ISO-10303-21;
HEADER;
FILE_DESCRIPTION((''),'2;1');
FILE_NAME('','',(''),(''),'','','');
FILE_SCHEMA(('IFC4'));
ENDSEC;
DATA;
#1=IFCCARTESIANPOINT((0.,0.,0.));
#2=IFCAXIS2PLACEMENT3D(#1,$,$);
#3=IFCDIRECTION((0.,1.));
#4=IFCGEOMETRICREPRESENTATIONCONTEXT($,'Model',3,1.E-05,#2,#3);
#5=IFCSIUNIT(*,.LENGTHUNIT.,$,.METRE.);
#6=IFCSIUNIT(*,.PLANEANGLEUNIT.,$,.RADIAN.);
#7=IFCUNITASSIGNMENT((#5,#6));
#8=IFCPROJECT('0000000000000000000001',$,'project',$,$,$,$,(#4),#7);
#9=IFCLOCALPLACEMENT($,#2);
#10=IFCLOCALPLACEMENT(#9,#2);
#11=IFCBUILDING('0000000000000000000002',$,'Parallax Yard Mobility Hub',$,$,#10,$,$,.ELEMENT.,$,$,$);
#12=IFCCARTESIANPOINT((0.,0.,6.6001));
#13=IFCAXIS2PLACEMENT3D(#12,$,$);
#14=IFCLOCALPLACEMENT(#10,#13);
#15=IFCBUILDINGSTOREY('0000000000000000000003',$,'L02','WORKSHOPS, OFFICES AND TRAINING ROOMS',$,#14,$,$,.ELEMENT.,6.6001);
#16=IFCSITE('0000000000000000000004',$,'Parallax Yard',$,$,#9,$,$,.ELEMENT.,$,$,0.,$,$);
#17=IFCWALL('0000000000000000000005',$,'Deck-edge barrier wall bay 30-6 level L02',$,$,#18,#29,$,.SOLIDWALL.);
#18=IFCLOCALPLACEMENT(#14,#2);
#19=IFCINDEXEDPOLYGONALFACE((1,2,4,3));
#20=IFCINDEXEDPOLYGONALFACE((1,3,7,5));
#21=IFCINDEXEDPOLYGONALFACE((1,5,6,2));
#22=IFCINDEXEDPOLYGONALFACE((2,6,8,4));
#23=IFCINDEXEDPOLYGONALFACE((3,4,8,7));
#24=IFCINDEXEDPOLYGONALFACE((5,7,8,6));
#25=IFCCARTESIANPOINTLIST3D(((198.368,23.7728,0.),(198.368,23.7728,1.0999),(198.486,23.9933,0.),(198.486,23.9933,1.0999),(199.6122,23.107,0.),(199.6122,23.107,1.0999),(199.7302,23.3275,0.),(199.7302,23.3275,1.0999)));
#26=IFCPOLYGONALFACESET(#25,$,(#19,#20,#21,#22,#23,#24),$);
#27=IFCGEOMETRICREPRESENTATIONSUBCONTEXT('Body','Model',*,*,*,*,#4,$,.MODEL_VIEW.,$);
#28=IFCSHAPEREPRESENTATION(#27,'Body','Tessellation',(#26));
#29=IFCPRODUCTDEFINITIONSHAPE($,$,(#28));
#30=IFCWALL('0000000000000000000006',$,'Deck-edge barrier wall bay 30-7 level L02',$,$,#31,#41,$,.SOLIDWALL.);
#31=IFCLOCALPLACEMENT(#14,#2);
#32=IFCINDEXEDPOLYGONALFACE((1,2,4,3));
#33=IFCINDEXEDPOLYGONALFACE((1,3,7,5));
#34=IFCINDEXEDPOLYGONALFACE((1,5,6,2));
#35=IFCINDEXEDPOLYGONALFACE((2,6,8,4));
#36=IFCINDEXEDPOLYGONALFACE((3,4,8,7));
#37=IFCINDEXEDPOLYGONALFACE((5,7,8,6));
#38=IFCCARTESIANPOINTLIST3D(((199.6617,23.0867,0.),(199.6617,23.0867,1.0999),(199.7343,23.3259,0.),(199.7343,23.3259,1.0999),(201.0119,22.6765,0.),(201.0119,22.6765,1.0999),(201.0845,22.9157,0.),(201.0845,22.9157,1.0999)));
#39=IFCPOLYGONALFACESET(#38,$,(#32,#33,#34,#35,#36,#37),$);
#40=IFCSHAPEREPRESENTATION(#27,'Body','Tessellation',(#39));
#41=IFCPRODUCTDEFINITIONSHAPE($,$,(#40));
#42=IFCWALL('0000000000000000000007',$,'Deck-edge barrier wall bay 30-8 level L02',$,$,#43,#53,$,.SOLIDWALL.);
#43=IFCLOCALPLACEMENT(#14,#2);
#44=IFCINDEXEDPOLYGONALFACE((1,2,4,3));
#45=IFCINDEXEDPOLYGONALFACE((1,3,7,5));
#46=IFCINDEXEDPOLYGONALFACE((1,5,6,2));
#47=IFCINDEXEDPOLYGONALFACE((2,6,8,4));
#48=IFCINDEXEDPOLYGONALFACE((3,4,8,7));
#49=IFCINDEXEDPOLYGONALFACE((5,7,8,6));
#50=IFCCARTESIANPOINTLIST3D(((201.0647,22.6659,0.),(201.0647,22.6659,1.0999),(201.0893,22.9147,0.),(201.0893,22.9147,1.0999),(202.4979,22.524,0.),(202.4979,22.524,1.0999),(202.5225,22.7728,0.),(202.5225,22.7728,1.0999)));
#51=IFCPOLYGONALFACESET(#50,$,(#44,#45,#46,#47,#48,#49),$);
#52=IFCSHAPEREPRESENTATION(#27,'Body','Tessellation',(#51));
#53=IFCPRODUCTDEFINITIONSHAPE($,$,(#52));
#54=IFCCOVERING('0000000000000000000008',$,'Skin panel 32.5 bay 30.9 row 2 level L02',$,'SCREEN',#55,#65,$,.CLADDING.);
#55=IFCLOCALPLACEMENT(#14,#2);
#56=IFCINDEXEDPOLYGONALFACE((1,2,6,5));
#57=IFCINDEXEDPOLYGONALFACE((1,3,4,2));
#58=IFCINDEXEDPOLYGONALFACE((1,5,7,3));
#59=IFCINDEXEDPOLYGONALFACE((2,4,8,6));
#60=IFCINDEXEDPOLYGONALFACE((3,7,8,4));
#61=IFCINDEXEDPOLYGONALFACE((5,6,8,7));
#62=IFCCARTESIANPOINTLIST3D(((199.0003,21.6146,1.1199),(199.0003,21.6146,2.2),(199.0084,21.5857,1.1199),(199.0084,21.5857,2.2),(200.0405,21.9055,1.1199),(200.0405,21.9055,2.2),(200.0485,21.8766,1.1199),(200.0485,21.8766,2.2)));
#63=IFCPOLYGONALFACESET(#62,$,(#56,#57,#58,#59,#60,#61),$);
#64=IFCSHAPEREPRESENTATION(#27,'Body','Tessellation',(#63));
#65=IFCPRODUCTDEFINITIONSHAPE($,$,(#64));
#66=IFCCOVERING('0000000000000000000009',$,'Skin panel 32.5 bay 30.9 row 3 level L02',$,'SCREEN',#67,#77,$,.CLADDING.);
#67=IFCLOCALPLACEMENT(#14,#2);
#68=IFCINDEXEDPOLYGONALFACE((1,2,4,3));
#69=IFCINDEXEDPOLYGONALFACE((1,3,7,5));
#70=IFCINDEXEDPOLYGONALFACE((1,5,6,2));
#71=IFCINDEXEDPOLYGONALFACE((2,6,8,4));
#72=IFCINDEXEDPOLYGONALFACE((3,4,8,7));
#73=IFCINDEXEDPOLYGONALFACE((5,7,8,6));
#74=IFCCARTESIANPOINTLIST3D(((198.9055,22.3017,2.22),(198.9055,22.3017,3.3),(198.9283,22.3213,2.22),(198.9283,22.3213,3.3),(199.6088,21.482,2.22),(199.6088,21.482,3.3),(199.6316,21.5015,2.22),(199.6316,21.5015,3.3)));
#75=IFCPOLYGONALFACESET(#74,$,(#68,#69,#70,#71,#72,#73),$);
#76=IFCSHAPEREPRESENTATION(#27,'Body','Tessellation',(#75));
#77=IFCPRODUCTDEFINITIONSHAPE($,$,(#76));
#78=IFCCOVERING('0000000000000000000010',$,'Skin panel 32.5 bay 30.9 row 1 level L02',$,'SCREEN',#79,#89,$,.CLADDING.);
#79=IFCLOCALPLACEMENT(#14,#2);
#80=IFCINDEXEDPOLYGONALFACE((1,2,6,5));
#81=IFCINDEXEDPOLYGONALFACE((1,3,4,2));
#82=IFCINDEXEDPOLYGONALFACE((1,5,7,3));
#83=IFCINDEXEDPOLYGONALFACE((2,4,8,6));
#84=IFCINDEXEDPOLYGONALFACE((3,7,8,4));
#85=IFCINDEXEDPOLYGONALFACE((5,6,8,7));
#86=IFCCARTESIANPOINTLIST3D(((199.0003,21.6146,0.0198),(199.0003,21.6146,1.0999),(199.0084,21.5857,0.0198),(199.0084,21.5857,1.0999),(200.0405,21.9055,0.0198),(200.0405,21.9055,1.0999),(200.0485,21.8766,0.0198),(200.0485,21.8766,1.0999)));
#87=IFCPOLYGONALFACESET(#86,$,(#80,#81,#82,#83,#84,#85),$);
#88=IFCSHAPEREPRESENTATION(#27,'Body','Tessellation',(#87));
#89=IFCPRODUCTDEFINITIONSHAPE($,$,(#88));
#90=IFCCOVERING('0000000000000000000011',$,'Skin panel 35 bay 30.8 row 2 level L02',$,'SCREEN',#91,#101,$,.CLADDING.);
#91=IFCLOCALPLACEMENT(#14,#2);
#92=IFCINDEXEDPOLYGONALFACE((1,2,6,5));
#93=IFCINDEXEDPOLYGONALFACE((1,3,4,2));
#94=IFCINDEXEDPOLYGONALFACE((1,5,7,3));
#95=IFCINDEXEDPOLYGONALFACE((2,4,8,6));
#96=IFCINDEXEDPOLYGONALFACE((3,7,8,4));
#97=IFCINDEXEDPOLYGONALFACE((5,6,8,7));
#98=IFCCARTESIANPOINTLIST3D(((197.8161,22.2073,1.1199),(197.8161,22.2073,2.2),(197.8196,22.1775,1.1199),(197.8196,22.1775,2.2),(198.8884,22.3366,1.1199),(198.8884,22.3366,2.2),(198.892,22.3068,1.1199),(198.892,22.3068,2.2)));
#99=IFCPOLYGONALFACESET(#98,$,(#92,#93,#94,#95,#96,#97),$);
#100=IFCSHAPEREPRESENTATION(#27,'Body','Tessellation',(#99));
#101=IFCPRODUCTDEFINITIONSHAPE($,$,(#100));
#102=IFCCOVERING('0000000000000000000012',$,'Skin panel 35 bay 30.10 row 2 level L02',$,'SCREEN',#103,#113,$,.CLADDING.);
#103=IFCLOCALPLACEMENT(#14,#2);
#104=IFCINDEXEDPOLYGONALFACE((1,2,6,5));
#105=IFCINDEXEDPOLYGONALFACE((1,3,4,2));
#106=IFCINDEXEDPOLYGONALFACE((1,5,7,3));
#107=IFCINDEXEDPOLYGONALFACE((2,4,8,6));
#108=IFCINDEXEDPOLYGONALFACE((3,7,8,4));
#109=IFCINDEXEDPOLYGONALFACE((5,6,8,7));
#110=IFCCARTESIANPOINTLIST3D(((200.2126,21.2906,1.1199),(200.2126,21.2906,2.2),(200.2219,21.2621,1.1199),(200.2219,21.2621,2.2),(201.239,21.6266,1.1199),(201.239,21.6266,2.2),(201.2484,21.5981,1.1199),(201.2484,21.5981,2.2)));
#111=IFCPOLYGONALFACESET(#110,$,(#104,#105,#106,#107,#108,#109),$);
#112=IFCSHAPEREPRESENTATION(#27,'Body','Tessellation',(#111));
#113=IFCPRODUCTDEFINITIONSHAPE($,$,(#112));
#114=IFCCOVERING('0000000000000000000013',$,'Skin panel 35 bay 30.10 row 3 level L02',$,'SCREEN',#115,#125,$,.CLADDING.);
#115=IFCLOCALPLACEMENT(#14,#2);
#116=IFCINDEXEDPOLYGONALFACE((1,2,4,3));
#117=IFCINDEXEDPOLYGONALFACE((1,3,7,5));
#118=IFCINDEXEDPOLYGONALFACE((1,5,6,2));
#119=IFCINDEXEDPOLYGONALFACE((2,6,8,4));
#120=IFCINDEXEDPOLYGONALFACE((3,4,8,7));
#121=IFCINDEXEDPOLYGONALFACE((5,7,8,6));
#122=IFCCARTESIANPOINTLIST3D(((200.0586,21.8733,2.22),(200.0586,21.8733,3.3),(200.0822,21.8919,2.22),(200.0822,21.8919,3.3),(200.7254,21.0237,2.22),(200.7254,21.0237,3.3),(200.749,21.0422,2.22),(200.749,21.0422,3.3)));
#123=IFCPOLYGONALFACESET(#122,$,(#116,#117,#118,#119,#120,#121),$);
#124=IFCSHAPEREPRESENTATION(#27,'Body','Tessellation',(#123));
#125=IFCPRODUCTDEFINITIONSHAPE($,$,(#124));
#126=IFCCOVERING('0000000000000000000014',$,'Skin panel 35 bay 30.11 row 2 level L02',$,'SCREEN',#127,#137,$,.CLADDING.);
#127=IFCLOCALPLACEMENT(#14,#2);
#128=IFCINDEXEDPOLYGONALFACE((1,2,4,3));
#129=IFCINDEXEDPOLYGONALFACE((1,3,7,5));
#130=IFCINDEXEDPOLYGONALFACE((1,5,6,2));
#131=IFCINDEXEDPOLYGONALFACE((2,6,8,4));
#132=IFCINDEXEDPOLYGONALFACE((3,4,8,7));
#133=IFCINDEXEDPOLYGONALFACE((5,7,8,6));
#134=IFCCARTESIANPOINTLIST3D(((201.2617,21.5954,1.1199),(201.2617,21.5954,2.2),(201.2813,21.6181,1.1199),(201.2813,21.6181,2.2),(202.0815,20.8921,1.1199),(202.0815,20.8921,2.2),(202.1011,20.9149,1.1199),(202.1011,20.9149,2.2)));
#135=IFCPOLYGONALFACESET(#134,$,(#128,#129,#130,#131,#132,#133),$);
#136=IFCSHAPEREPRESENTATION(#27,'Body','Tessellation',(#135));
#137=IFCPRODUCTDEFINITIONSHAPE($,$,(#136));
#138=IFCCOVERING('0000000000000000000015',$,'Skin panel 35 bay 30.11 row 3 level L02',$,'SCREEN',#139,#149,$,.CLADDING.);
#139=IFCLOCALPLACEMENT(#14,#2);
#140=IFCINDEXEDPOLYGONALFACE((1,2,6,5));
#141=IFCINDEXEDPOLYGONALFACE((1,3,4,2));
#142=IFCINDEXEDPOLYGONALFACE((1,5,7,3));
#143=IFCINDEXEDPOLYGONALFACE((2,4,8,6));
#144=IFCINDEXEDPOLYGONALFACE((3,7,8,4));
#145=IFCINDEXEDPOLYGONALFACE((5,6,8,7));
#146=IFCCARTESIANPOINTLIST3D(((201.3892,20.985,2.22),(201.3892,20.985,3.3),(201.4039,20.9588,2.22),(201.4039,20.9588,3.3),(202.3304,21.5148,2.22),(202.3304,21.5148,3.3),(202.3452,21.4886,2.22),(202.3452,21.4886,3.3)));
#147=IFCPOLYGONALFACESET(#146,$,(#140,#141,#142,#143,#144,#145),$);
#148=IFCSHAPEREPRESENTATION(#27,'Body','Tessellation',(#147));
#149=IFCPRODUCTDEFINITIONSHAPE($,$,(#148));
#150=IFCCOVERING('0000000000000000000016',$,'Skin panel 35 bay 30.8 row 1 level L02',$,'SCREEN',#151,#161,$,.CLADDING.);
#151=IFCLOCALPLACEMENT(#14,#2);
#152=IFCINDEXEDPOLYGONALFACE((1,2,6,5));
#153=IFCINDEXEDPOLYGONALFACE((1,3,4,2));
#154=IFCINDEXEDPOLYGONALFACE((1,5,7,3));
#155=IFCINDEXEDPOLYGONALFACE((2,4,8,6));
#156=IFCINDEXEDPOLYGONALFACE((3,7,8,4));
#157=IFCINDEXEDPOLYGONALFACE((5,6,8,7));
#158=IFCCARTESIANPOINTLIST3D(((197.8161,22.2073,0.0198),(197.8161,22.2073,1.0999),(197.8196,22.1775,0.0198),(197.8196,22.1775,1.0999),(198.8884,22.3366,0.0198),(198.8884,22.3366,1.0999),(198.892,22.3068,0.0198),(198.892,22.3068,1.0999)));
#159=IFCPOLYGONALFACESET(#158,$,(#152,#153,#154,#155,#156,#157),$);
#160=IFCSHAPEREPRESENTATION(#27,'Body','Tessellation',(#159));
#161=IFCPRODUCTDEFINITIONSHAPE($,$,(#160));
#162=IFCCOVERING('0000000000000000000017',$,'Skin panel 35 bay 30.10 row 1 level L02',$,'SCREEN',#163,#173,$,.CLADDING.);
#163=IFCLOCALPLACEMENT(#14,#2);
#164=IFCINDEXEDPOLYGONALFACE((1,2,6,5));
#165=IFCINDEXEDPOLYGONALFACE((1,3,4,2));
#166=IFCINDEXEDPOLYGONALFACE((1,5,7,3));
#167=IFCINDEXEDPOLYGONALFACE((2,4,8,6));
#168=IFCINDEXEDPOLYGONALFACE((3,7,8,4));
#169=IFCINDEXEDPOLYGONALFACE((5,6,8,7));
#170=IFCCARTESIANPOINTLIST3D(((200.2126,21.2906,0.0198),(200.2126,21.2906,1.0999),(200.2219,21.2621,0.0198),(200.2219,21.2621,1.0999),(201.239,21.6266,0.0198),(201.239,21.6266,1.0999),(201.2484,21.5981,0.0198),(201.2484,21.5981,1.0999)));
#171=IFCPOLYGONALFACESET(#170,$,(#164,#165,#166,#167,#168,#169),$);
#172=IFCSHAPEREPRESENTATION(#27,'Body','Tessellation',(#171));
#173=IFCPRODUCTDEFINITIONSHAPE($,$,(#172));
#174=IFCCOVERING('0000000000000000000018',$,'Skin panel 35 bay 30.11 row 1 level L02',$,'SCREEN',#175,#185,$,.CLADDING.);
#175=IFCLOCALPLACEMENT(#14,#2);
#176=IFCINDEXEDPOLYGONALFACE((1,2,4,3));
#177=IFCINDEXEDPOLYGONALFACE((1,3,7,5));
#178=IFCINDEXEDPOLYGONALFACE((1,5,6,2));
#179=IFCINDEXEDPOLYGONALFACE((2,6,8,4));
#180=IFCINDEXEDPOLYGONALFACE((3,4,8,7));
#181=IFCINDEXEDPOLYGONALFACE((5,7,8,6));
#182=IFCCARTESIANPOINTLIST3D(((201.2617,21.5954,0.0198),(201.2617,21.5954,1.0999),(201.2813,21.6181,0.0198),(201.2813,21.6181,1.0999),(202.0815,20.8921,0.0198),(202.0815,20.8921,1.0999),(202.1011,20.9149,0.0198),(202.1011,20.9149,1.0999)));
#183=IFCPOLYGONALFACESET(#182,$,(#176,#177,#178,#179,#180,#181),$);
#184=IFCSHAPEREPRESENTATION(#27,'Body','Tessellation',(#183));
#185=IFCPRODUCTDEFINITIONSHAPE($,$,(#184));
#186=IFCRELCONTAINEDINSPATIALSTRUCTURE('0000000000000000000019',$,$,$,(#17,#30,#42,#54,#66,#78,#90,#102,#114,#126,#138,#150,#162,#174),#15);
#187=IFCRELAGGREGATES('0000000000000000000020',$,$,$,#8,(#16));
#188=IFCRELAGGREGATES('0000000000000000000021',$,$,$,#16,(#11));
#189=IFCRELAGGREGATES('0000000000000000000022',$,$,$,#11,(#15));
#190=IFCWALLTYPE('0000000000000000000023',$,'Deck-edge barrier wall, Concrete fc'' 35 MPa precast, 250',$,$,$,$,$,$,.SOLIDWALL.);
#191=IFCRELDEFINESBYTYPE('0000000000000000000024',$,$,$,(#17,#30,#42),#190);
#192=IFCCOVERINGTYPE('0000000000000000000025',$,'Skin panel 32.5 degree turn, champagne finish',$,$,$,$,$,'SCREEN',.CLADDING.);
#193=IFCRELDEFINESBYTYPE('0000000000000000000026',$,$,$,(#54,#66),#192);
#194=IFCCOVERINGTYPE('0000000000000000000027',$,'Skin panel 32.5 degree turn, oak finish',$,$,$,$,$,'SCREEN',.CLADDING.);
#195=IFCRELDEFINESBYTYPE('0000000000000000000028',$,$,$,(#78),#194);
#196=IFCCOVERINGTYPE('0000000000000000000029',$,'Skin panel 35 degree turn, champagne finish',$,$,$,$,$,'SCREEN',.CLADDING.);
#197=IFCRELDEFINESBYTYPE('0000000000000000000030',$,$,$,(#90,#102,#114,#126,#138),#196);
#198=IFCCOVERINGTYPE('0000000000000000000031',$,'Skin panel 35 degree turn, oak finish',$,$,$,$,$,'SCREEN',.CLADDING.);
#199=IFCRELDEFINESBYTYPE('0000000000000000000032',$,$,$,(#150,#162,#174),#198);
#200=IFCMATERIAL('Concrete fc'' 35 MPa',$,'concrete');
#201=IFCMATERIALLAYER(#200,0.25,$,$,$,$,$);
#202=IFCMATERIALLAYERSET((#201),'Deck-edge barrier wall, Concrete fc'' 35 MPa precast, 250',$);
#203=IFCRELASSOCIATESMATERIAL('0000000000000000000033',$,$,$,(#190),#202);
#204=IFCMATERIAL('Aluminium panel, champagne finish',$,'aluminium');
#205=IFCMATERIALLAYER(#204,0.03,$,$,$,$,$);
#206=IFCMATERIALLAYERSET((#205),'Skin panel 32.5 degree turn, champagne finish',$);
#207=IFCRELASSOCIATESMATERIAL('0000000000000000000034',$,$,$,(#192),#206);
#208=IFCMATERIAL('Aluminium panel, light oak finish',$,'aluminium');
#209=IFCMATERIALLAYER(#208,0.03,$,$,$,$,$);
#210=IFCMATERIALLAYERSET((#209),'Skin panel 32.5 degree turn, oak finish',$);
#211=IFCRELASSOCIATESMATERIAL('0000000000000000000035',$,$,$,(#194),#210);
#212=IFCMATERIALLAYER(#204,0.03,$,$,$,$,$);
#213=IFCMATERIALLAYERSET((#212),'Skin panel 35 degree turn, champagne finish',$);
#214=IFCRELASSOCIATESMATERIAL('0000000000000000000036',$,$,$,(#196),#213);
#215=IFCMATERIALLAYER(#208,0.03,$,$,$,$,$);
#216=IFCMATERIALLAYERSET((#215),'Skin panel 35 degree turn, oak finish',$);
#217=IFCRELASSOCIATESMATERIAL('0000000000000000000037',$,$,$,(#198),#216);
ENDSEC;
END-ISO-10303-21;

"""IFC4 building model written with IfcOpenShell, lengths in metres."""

from ifc_helpers import new_model, si_unit, direction, frame, frame_2d, origin, origin_2d, place, context, subcontext, project, spatial, rectangle, extrude, material, layer, layer_set, type_object, element, save


model = new_model("IFC4")

# Units and contexts
model_context = context("Model", 3, precision=1e-05, world=origin(), true_north=direction((0.0, 1.0)))
body_context = subcontext(model_context, "Body", "Model", "MODEL_VIEW")
ifc_project = project(units=[si_unit("LENGTHUNIT", "METRE"), si_unit("PLANEANGLEUNIT", "RADIAN")], contexts=[model_context])

# Site, building, storey
site_placement = place(None, origin())
site = spatial("IfcSite", under=ifc_project, at=site_placement, Name="Parallax Yard", CompositionType="ELEMENT", RefElevation=0.0)
building_placement = place(site_placement, origin())
building = spatial("IfcBuilding", under=site, at=building_placement, Name="Parallax Yard Mobility Hub", CompositionType="ELEMENT")
storey_placement = place(building_placement, frame((0.0, 0.0, 6.6001)))
storey = spatial("IfcBuildingStorey", under=building, at=storey_placement, Name="L02", Description="WORKSHOPS, OFFICES AND TRAINING ROOMS", CompositionType="ELEMENT", Elevation=6.6001)

# Shared definitions
ifc_material_1 = material(Name="Concrete fc' 35 MPa", Category="concrete")

# Walls
ifc_layer_1 = layer(ifc_material_1, 0.25)
ifc_layer_set_1 = layer_set([ifc_layer_1], Name="Deck-edge barrier wall, Concrete fc' 35 MPa precast, 250")
wall_type_1 = type_object("IfcWallType", Name="Deck-edge barrier wall, Concrete fc' 35 MPa precast, 250", PredefinedType="SOLIDWALL", material=ifc_layer_set_1)
for number, where, z_axis, x_axis, name in (
    (1, (198.427, 23.8831, 0.0), (0.0, 0.0, 1.0), (0.881696, -0.471818, 0.0), "Deck-edge barrier wall bay 30-6 level L02"),
    (2, (199.698, 23.2063, 0.0), (0.0, 0.0, 1.0), (0.95682, -0.29068, 0.0), "Deck-edge barrier wall bay 30-7 level L02"),
):
    element("IfcWall", number, at=place(storey_placement, frame(where, z_axis=z_axis, x_axis=x_axis)), inside=storey, type_object=wall_type_1, Name=name, PredefinedType="SOLIDWALL", context=body_context, shape_type="SweptSolid", body=[
        extrude(rectangle(XDim=1.4111, YDim=0.25, at=frame_2d((0.7056, 0.0))), origin(), (0.0, 0.0, 1.0), 1.0999),
    ])
wall_1_placement = place(storey_placement, frame((201.0769, 22.7903, 0.0), z_axis=(0.0, 0.0, 1.0), x_axis=(0.995137, -0.098497, 0.0)))
element("IfcWall", 3, at=wall_1_placement, inside=storey, type_object=wall_type_1, Name="Deck-edge barrier wall bay 30-8 level L02", PredefinedType="SOLIDWALL", context=body_context, shape_type="SweptSolid", body=[
    extrude(rectangle(XDim=1.4402, YDim=0.25, at=frame_2d((0.7202, 0.0))), origin(), (0.0, 0.0, 1.0), 1.0999),
])

# Coverings
ifc_material_2 = material(Name="Aluminium panel, champagne finish", Category="aluminium")
ifc_layer_2 = layer(ifc_material_2, 0.03)
ifc_layer_set_2 = layer_set([ifc_layer_2], Name="Skin panel 32.5 degree turn, champagne finish")
covering_type_1 = type_object("IfcCoveringType", Name="Skin panel 32.5 degree turn, champagne finish", ElementType="SCREEN", PredefinedType="CLADDING", material=ifc_layer_set_2)
for number, where, z_axis, x_axis, name in (
    (4, (199.5244, 21.7456, 1.1199), (0.0, 0.0, 1.0), (-0.963045, -0.26934, 0.0), "Skin panel 32.5 bay 30.9 row 2 level L02"),
    (5, (199.2686, 21.9016, 2.22), (0.0, 0.0, 1.0), (0.651105, -0.758987, 0.0), "Skin panel 32.5 bay 30.9 row 3 level L02"),
):
    element("IfcCovering", number, at=place(storey_placement, frame(where, z_axis=z_axis, x_axis=x_axis)), inside=storey, type_object=covering_type_1, Name=name, ObjectType="SCREEN", PredefinedType="CLADDING", context=body_context, shape_type="SweptSolid", body=[
        extrude(rectangle(XDim=1.0801, YDim=0.03, at=origin_2d()), origin(), (0.0, 0.0, 1.0), 1.0801),
    ])
ifc_material_3 = material(Name="Aluminium panel, light oak finish", Category="aluminium")
ifc_layer_3 = layer(ifc_material_3, 0.03)
ifc_layer_set_3 = layer_set([ifc_layer_3], Name="Skin panel 32.5 degree turn, oak finish")
covering_type_2 = type_object("IfcCoveringType", Name="Skin panel 32.5 degree turn, oak finish", ElementType="SCREEN", PredefinedType="CLADDING", material=ifc_layer_set_3)
covering_placement = place(storey_placement, frame((199.5244, 21.7456, 0.0198), z_axis=(0.0, 0.0, 1.0), x_axis=(-0.963045, -0.26934, 0.0)))
element("IfcCovering", 6, at=covering_placement, inside=storey, type_object=covering_type_2, Name="Skin panel 32.5 bay 30.9 row 1 level L02", ObjectType="SCREEN", PredefinedType="CLADDING", context=body_context, shape_type="SweptSolid", body=[
    extrude(rectangle(XDim=1.0801, YDim=0.03, at=origin_2d()), origin(), (0.0, 0.0, 1.0), 1.0801),
])
ifc_layer_4 = layer(ifc_material_2, 0.03)
ifc_layer_set_4 = layer_set([ifc_layer_4], Name="Skin panel 35 degree turn, champagne finish")
covering_type_3 = type_object("IfcCoveringType", Name="Skin panel 35 degree turn, champagne finish", ElementType="SCREEN", PredefinedType="CLADDING", material=ifc_layer_set_4)
for number, where, z_axis, x_axis, name in (
    (7, (198.354, 22.2571, 1.1199), (0.0, 0.0, 1.0), (-0.99281, -0.119704, 0.0), "Skin panel 35 bay 30.8 row 2 level L02"),
    (8, (200.7305, 21.4443, 1.1199), (0.0, 0.0, 1.0), (-0.95038, -0.311091, 0.0), "Skin panel 35 bay 30.10 row 2 level L02"),
    (9, (200.4038, 21.4578, 2.22), (0.0, 0.0, 1.0), (0.617379, -0.786666, 0.0), "Skin panel 35 bay 30.10 row 3 level L02"),
    (10, (201.6814, 21.2551, 1.1199), (0.0, 0.0, 1.0), (0.758987, -0.651105, 0.0), "Skin panel 35 bay 30.11 row 2 level L02"),
    (11, (201.8672, 21.2368, 2.22), (0.0, 0.0, 1.0), (-0.871428, -0.490524, 0.0), "Skin panel 35 bay 30.11 row 3 level L02"),
):
    element("IfcCovering", number, at=place(storey_placement, frame(where, z_axis=z_axis, x_axis=x_axis)), inside=storey, type_object=covering_type_3, Name=name, ObjectType="SCREEN", PredefinedType="CLADDING", context=body_context, shape_type="SweptSolid", body=[
        extrude(rectangle(XDim=1.0801, YDim=0.03, at=origin_2d()), origin(), (0.0, 0.0, 1.0), 1.0801),
    ])
ifc_layer_5 = layer(ifc_material_3, 0.03)
ifc_layer_set_5 = layer_set([ifc_layer_5], Name="Skin panel 35 degree turn, oak finish")
covering_type_4 = type_object("IfcCoveringType", Name="Skin panel 35 degree turn, oak finish", ElementType="SCREEN", PredefinedType="CLADDING", material=ifc_layer_set_5)
for number, where, z_axis, x_axis, name in (
    (12, (198.354, 22.2571, 0.0198), (0.0, 0.0, 1.0), (-0.99281, -0.119704, 0.0), "Skin panel 35 bay 30.8 row 1 level L02"),
    (13, (200.7305, 21.4443, 0.0198), (0.0, 0.0, 1.0), (-0.95038, -0.311091, 0.0), "Skin panel 35 bay 30.10 row 1 level L02"),
    (14, (201.6814, 21.2551, 0.0198), (0.0, 0.0, 1.0), (0.758987, -0.651105, 0.0), "Skin panel 35 bay 30.11 row 1 level L02"),
):
    element("IfcCovering", number, at=place(storey_placement, frame(where, z_axis=z_axis, x_axis=x_axis)), inside=storey, type_object=covering_type_4, Name=name, ObjectType="SCREEN", PredefinedType="CLADDING", context=body_context, shape_type="SweptSolid", body=[
        extrude(rectangle(XDim=1.0801, YDim=0.03, at=origin_2d()), origin(), (0.0, 0.0, 1.0), 1.0801),
    ])

save(model, "model.ifc")
